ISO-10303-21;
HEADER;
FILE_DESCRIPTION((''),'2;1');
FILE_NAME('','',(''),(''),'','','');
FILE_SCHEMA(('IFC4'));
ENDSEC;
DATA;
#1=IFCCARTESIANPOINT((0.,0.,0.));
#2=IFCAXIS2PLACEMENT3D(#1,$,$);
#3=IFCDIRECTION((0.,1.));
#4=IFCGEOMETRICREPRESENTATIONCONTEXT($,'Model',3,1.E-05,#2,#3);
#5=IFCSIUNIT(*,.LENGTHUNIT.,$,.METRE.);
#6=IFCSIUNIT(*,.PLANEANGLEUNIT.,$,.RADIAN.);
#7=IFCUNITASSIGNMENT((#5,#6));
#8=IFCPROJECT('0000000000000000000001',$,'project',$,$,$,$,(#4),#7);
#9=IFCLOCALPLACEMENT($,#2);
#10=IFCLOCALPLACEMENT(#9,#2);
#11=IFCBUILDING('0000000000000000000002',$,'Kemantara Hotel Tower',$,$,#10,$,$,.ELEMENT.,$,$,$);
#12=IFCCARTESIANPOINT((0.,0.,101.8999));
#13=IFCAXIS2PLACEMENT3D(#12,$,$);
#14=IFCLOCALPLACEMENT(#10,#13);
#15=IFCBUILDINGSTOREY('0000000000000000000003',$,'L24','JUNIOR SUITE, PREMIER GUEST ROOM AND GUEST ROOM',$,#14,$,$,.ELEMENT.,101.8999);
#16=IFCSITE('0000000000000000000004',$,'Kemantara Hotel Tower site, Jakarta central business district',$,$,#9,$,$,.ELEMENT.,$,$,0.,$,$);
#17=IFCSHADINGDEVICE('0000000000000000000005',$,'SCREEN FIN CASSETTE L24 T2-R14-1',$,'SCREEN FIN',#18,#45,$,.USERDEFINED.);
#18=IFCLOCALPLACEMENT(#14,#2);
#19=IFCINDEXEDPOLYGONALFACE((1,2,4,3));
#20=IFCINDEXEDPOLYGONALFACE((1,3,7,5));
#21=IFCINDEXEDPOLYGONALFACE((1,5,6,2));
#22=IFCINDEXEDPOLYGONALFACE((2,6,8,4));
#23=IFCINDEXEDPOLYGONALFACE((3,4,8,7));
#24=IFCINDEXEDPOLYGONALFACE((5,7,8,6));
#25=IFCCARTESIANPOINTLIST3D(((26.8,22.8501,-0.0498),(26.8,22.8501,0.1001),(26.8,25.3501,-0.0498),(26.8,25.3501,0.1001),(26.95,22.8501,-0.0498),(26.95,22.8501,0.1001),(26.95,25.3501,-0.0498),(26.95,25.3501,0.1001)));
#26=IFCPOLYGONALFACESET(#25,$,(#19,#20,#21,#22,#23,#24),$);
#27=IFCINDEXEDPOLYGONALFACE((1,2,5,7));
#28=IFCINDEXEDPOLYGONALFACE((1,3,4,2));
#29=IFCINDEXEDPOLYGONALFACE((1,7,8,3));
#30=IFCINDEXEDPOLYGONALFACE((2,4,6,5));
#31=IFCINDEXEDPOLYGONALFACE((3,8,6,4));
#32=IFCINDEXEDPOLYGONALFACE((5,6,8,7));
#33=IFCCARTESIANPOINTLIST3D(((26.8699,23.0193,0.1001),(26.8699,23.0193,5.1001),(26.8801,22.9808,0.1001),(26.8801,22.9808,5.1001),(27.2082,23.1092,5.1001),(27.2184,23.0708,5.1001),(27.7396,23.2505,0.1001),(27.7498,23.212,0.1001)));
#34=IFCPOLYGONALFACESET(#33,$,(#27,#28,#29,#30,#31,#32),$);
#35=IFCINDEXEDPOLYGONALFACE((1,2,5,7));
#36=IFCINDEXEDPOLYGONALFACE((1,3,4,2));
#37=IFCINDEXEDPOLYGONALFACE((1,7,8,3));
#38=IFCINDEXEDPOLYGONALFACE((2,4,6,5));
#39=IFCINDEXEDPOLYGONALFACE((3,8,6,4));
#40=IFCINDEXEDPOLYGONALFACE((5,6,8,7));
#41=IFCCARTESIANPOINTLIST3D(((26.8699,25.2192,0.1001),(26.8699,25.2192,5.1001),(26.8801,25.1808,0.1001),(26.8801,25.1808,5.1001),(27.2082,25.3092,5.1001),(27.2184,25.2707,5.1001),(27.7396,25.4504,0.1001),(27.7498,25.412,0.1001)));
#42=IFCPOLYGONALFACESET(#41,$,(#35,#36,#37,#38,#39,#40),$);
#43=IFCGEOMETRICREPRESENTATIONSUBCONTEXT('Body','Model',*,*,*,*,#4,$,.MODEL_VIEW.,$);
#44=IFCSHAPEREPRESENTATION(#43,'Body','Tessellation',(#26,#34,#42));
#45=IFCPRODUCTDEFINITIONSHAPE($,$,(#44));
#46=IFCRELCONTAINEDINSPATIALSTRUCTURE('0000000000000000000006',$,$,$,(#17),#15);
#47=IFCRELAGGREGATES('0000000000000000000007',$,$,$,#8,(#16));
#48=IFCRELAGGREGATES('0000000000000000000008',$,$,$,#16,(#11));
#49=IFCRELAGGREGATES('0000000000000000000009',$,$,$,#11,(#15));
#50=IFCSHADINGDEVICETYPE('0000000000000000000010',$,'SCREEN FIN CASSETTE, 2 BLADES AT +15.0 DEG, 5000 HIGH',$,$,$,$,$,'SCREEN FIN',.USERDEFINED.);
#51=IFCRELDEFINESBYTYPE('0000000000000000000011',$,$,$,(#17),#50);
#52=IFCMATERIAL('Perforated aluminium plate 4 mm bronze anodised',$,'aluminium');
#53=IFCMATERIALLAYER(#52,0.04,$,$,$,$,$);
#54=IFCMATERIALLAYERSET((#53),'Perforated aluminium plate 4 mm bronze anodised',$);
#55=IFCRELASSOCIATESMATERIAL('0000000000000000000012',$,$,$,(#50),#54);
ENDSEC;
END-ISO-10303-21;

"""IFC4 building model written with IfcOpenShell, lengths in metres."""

from ifc_helpers import new_model, si_unit, direction, frame, origin, origin_2d, place, context, subcontext, project, spatial, polyline, rectangle, outline, extrude, source, transform, mapped, material, layer, layer_set, type_object, element, save


model = new_model("IFC4")

# Units and contexts
model_context = context("Model", 3, precision=1e-05, world=origin(), true_north=direction((0.0, 1.0)))
body_context = subcontext(model_context, "Body", "Model", "MODEL_VIEW")
ifc_project = project(units=[si_unit("LENGTHUNIT", "METRE"), si_unit("PLANEANGLEUNIT", "RADIAN")], contexts=[model_context])

# Site, building, storey
site_placement = place(None, origin())
site = spatial("IfcSite", under=ifc_project, at=site_placement, Name="Kemantara Hotel Tower site, Jakarta central business district", CompositionType="ELEMENT", RefElevation=0.0)
building_placement = place(site_placement, origin())
building = spatial("IfcBuilding", under=site, at=building_placement, Name="Kemantara Hotel Tower", CompositionType="ELEMENT")
storey_placement = place(building_placement, frame((0.0, 0.0, 101.8999)))
storey = spatial("IfcBuildingStorey", under=building, at=storey_placement, Name="L24", Description="JUNIOR SUITE, PREMIER GUEST ROOM AND GUEST ROOM", CompositionType="ELEMENT", Elevation=101.8999)

# Shading device
ifc_material_1 = material(Name="Perforated aluminium plate 4 mm bronze anodised", Category="aluminium")
ifc_layer_1 = layer(ifc_material_1, 0.04)
ifc_layer_set_1 = layer_set([ifc_layer_1], Name="Perforated aluminium plate 4 mm bronze anodised")
shading_device_type_1 = type_object("IfcShadingDeviceType", Name="SCREEN FIN CASSETTE, 2 BLADES AT +15.0 DEG, 5000 HIGH", ElementType="SCREEN FIN", PredefinedType="USERDEFINED", material=ifc_layer_set_1)
shared_shape_1 = source(origin(), body_context, "Body", "SweptSolid", [
    extrude(rectangle(XDim=2.5, YDim=0.1499, at=origin_2d()), frame((1.1001, -0.075, -0.1499), z_axis=(0.0, 0.0, 1.0), x_axis=(1.0, 0.0, 0.0)), (0.0, 0.0, 1.0), 0.1499),
    extrude(outline(polyline([(0.0, 0.0), (0.8999, 0.0), (0.3501, 5.0), (0.0, 5.0), (0.0, 0.0)])), frame((0.0193, -0.0698, 0.0), z_axis=(-0.966438, -0.256901, 0.0), x_axis=(0.256901, -0.966438, 0.0)), (0.0, 0.0, 1.0), 0.0398),
    extrude(outline(polyline([(0.0, 0.0), (0.8999, 0.0), (0.3501, 5.0), (0.0, 5.0), (0.0, 0.0)])), frame((2.2192, -0.0698, 0.0), z_axis=(-0.966438, -0.256901, 0.0), x_axis=(0.256901, -0.966438, 0.0)), (0.0, 0.0, 1.0), 0.0398),
])
shading_device_1_placement = place(storey_placement, frame((26.8, 23.0, 0.1001), z_axis=(0.0, 0.0, 1.0), x_axis=(0.0, 1.0, 0.0)))
element("IfcShadingDevice", 1, at=shading_device_1_placement, inside=storey, type_object=shading_device_type_1, Name="SCREEN FIN CASSETTE L24 T2-R14-1", ObjectType="SCREEN FIN", PredefinedType="USERDEFINED", context=body_context, shape_type="MappedRepresentation", body=[
    mapped(shared_shape_1, transform((0.0, 0.0, 0.0))),
])

save(model, "model.ifc")
